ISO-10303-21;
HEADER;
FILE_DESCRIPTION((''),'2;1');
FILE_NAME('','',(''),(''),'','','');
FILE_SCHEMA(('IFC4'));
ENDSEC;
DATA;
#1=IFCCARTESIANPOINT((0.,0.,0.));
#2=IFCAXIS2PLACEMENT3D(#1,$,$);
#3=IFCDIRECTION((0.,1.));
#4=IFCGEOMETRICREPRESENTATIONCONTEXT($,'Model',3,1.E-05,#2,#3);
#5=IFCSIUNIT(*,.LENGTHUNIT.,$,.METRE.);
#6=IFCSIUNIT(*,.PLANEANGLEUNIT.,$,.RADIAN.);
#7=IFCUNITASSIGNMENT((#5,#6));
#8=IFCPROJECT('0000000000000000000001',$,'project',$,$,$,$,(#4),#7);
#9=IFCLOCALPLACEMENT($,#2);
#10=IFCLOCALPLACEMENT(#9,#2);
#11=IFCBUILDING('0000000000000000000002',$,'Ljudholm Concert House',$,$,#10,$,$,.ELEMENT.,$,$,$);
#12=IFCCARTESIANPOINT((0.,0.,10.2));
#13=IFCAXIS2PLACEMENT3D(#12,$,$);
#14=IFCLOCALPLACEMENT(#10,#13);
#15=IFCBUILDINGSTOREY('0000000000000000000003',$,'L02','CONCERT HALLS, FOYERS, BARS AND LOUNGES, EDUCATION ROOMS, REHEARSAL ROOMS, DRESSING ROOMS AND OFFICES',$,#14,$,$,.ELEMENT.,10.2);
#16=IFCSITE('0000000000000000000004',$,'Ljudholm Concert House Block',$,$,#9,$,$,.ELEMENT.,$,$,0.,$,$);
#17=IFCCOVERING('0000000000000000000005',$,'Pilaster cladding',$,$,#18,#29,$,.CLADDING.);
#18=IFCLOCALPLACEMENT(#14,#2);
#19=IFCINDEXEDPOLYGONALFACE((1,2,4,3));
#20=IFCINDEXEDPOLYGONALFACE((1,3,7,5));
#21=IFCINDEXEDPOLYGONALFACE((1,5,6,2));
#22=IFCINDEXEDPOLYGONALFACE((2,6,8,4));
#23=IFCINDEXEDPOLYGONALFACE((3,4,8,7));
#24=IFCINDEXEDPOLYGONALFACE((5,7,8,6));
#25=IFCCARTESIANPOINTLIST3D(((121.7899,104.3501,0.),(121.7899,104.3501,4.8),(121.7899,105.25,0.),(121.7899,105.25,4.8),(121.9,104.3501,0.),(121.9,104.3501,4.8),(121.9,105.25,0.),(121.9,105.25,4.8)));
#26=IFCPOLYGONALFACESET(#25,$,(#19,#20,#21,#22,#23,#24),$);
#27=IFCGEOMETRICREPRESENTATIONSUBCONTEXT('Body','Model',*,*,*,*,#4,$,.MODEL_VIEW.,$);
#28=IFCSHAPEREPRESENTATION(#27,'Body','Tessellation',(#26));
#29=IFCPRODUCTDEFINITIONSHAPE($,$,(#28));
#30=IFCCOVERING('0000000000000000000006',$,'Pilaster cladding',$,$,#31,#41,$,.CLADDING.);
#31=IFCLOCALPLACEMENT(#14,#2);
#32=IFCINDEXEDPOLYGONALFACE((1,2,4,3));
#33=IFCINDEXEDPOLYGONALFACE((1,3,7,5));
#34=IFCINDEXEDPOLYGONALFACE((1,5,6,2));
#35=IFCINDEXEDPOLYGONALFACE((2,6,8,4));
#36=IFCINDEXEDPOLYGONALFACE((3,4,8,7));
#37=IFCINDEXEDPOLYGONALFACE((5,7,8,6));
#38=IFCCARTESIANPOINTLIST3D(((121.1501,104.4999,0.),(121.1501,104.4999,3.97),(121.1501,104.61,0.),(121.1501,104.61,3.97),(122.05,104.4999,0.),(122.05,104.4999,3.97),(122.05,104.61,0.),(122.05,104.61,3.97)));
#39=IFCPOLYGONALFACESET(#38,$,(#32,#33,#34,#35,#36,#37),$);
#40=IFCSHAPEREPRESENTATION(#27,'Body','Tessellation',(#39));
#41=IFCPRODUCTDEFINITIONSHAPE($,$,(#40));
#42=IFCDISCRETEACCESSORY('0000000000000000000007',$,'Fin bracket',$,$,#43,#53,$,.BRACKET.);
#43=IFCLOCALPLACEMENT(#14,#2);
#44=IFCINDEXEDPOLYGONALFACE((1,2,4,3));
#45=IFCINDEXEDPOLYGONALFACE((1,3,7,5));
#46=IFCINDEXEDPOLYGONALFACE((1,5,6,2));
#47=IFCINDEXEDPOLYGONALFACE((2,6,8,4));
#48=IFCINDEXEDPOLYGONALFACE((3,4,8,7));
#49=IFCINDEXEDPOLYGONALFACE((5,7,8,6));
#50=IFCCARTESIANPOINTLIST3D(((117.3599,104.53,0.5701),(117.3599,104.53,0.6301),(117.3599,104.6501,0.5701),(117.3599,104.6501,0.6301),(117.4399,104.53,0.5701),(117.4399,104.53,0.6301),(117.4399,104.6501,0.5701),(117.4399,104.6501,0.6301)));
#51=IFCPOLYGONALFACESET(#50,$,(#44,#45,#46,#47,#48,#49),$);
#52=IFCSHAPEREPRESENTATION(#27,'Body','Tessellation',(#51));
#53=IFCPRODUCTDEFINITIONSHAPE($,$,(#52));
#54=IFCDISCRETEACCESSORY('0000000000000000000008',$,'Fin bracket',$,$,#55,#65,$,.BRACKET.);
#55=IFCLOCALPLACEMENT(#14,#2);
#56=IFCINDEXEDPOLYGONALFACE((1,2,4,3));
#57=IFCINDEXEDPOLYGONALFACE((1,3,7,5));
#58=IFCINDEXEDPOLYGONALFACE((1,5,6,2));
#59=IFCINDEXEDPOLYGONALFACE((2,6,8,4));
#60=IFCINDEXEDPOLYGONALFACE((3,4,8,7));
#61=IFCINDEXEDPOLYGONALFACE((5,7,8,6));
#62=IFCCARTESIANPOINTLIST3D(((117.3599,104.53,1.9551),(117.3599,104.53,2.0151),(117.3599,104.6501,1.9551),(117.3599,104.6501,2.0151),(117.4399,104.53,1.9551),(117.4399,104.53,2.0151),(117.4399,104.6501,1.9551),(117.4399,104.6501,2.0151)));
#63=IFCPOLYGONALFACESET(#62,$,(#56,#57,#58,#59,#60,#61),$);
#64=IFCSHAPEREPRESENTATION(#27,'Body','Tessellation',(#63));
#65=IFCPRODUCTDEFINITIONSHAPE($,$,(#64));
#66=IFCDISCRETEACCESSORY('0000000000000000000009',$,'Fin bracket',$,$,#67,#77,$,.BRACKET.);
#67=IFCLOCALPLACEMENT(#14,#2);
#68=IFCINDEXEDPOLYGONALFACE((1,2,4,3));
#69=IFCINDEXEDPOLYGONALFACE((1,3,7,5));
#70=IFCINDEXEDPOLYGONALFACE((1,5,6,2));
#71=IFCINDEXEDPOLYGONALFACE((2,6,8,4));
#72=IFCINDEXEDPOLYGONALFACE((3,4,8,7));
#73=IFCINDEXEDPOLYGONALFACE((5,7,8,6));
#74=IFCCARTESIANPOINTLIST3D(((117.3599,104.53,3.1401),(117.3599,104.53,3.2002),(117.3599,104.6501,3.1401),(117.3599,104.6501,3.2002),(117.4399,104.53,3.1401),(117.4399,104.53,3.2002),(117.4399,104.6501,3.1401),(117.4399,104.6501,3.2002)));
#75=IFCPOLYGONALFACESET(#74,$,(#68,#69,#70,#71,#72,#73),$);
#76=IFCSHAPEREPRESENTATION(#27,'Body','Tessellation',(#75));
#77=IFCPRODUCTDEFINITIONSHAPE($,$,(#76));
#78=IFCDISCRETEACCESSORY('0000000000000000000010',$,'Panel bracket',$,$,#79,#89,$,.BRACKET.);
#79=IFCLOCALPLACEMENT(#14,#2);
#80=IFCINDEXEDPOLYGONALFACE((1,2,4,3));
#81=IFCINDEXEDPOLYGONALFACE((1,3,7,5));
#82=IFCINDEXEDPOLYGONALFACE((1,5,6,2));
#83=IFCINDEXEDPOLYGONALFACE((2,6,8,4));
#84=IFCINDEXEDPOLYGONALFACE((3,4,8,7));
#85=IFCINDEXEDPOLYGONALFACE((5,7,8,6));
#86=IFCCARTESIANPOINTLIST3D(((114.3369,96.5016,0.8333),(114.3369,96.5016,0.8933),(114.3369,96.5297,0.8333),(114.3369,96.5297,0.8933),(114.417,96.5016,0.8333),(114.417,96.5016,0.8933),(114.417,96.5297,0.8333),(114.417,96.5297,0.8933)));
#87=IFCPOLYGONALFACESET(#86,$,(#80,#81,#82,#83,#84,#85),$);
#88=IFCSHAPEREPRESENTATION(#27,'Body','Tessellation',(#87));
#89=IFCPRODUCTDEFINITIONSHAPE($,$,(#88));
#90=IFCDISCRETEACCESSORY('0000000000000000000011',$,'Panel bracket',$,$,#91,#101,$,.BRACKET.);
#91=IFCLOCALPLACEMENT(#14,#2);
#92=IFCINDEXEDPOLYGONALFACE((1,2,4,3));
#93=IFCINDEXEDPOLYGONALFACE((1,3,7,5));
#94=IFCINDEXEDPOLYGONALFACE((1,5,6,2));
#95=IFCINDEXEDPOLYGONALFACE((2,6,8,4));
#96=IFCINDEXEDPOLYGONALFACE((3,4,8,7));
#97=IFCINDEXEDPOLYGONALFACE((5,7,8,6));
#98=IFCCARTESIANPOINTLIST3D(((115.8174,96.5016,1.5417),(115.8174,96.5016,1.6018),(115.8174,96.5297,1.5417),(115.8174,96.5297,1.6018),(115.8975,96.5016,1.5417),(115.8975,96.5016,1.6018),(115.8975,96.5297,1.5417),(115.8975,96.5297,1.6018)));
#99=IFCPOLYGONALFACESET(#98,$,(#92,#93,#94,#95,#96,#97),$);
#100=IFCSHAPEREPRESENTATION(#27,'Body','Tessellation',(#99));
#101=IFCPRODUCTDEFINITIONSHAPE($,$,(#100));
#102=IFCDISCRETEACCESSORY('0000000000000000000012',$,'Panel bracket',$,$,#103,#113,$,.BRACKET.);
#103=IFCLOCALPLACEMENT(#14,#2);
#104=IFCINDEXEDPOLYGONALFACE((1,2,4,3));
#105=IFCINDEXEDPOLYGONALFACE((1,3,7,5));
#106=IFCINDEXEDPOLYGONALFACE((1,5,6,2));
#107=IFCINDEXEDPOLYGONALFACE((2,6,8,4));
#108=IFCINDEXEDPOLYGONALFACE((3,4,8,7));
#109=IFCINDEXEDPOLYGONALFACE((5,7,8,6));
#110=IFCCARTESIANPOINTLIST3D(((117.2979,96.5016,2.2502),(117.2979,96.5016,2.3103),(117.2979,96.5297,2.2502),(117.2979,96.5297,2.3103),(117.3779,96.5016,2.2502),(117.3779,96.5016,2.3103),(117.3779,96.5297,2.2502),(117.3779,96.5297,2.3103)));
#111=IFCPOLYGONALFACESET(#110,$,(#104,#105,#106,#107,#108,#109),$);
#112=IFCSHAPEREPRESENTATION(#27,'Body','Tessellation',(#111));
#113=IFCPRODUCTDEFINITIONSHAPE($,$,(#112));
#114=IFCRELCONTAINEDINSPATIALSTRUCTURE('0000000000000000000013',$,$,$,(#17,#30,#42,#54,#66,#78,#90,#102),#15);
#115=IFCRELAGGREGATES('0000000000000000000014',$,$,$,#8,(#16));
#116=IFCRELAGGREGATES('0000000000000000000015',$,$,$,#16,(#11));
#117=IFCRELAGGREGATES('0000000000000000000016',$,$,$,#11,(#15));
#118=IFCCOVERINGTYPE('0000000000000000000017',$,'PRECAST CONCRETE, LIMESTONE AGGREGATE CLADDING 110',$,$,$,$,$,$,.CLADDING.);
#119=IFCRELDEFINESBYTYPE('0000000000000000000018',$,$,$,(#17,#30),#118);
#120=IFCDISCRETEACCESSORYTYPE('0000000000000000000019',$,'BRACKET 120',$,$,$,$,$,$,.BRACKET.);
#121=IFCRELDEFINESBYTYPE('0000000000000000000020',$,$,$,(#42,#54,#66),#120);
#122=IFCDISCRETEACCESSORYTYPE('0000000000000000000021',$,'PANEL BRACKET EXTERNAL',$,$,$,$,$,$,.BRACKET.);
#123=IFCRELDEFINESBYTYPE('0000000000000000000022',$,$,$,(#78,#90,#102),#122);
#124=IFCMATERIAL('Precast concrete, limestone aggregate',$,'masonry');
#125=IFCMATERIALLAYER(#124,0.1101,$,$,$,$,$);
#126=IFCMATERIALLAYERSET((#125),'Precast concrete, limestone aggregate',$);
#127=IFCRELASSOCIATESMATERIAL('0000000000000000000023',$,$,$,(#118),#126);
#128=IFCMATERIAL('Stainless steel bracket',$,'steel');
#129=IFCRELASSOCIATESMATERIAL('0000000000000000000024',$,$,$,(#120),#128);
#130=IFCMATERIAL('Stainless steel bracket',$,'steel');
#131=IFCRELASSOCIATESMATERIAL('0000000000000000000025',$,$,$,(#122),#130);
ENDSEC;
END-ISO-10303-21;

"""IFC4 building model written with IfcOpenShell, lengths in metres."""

from ifc_helpers import new_model, si_unit, direction, frame, origin, origin_2d, place, context, subcontext, project, spatial, rectangle, extrude, material, layer, layer_set, type_object, element, save


model = new_model("IFC4")

# Units and contexts
model_context = context("Model", 3, precision=1e-05, world=origin(), true_north=direction((0.0, 1.0)))
body_context = subcontext(model_context, "Body", "Model", "MODEL_VIEW")
ifc_project = project(units=[si_unit("LENGTHUNIT", "METRE"), si_unit("PLANEANGLEUNIT", "RADIAN")], contexts=[model_context])

# Site, building, storey
site_placement = place(None, origin())
site = spatial("IfcSite", under=ifc_project, at=site_placement, Name="Ljudholm Concert House Block", CompositionType="ELEMENT", RefElevation=0.0)
building_placement = place(site_placement, origin())
building = spatial("IfcBuilding", under=site, at=building_placement, Name="Ljudholm Concert House", CompositionType="ELEMENT")
storey_placement = place(building_placement, frame((0.0, 0.0, 10.2)))
storey = spatial("IfcBuildingStorey", under=building, at=storey_placement, Name="L02", Description="CONCERT HALLS, FOYERS, BARS AND LOUNGES, EDUCATION ROOMS, REHEARSAL ROOMS, DRESSING ROOMS AND OFFICES", CompositionType="ELEMENT", Elevation=10.2)

# Coverings
ifc_material_1 = material(Name="Precast concrete, limestone aggregate", Category="masonry")
ifc_layer_1 = layer(ifc_material_1, 0.1101)
ifc_layer_set_1 = layer_set([ifc_layer_1], Name="Precast concrete, limestone aggregate")
covering_type = type_object("IfcCoveringType", Name="PRECAST CONCRETE, LIMESTONE AGGREGATE CLADDING 110", PredefinedType="CLADDING", material=ifc_layer_set_1)
covering_1_placement = place(storey_placement, frame((121.845, 104.8, 0.0), z_axis=(0.0, 0.0, 1.0), x_axis=(1.0, 0.0, 0.0)))
element("IfcCovering", 1, at=covering_1_placement, inside=storey, type_object=covering_type, Name="Pilaster cladding", PredefinedType="CLADDING", context=body_context, shape_type="SweptSolid", body=[
    extrude(rectangle(XDim=0.1101, YDim=0.8999, at=origin_2d()), origin(), (0.0, 0.0, 1.0), 4.8),
])
covering_2_placement = place(storey_placement, frame((121.6001, 104.5549, 0.0), z_axis=(0.0, 0.0, 1.0), x_axis=(0.0, -1.0, 0.0)))
element("IfcCovering", 2, at=covering_2_placement, inside=storey, type_object=covering_type, Name="Pilaster cladding", PredefinedType="CLADDING", context=body_context, shape_type="SweptSolid", body=[
    extrude(rectangle(XDim=0.1101, YDim=0.8999, at=origin_2d()), origin(), (0.0, 0.0, 1.0), 3.97),
])

# Discrete accessories
ifc_material_2 = material(Name="Stainless steel bracket", Category="steel")
discrete_accessory_type_1 = type_object("IfcDiscreteAccessoryType", Name="BRACKET 120", PredefinedType="BRACKET", material=ifc_material_2)
for number, where, z_axis, x_axis, name in (
    (3, (117.3999, 104.5901, 0.5701), (0.0, 0.0, 1.0), (0.0, -1.0, 0.0), "Fin bracket"),
    (4, (117.3999, 104.5901, 1.9551), (0.0, 0.0, 1.0), (0.0, -1.0, 0.0), "Fin bracket"),
    (5, (117.3999, 104.5901, 3.1401), (0.0, 0.0, 1.0), (0.0, -1.0, 0.0), "Fin bracket"),
):
    element("IfcDiscreteAccessory", number, at=place(storey_placement, frame(where, z_axis=z_axis, x_axis=x_axis)), inside=storey, type_object=discrete_accessory_type_1, Name=name, PredefinedType="BRACKET", context=body_context, shape_type="SweptSolid", body=[
        extrude(rectangle(XDim=0.1201, YDim=0.0801, at=origin_2d()), origin(), (0.0, 0.0, 1.0), 0.0601),
    ])
ifc_material_3 = material(Name="Stainless steel bracket", Category="steel")
discrete_accessory_type_2 = type_object("IfcDiscreteAccessoryType", Name="PANEL BRACKET EXTERNAL", PredefinedType="BRACKET", material=ifc_material_3)
for number, where, z_axis, x_axis, name in (
    (6, (114.377, 96.5156, 0.8333), (0.0, 0.0, 1.0), (0.0, 1.0, 0.0), "Panel bracket"),
    (7, (115.8574, 96.5156, 1.5417), (0.0, 0.0, 1.0), (0.0, 1.0, 0.0), "Panel bracket"),
    (8, (117.3379, 96.5156, 2.2502), (0.0, 0.0, 1.0), (0.0, 1.0, 0.0), "Panel bracket"),
):
    element("IfcDiscreteAccessory", number, at=place(storey_placement, frame(where, z_axis=z_axis, x_axis=x_axis)), inside=storey, type_object=discrete_accessory_type_2, Name=name, PredefinedType="BRACKET", context=body_context, shape_type="SweptSolid", body=[
        extrude(rectangle(XDim=0.0281, YDim=0.0801, at=origin_2d()), origin(), (0.0, 0.0, 1.0), 0.0601),
    ])

save(model, "model.ifc")
